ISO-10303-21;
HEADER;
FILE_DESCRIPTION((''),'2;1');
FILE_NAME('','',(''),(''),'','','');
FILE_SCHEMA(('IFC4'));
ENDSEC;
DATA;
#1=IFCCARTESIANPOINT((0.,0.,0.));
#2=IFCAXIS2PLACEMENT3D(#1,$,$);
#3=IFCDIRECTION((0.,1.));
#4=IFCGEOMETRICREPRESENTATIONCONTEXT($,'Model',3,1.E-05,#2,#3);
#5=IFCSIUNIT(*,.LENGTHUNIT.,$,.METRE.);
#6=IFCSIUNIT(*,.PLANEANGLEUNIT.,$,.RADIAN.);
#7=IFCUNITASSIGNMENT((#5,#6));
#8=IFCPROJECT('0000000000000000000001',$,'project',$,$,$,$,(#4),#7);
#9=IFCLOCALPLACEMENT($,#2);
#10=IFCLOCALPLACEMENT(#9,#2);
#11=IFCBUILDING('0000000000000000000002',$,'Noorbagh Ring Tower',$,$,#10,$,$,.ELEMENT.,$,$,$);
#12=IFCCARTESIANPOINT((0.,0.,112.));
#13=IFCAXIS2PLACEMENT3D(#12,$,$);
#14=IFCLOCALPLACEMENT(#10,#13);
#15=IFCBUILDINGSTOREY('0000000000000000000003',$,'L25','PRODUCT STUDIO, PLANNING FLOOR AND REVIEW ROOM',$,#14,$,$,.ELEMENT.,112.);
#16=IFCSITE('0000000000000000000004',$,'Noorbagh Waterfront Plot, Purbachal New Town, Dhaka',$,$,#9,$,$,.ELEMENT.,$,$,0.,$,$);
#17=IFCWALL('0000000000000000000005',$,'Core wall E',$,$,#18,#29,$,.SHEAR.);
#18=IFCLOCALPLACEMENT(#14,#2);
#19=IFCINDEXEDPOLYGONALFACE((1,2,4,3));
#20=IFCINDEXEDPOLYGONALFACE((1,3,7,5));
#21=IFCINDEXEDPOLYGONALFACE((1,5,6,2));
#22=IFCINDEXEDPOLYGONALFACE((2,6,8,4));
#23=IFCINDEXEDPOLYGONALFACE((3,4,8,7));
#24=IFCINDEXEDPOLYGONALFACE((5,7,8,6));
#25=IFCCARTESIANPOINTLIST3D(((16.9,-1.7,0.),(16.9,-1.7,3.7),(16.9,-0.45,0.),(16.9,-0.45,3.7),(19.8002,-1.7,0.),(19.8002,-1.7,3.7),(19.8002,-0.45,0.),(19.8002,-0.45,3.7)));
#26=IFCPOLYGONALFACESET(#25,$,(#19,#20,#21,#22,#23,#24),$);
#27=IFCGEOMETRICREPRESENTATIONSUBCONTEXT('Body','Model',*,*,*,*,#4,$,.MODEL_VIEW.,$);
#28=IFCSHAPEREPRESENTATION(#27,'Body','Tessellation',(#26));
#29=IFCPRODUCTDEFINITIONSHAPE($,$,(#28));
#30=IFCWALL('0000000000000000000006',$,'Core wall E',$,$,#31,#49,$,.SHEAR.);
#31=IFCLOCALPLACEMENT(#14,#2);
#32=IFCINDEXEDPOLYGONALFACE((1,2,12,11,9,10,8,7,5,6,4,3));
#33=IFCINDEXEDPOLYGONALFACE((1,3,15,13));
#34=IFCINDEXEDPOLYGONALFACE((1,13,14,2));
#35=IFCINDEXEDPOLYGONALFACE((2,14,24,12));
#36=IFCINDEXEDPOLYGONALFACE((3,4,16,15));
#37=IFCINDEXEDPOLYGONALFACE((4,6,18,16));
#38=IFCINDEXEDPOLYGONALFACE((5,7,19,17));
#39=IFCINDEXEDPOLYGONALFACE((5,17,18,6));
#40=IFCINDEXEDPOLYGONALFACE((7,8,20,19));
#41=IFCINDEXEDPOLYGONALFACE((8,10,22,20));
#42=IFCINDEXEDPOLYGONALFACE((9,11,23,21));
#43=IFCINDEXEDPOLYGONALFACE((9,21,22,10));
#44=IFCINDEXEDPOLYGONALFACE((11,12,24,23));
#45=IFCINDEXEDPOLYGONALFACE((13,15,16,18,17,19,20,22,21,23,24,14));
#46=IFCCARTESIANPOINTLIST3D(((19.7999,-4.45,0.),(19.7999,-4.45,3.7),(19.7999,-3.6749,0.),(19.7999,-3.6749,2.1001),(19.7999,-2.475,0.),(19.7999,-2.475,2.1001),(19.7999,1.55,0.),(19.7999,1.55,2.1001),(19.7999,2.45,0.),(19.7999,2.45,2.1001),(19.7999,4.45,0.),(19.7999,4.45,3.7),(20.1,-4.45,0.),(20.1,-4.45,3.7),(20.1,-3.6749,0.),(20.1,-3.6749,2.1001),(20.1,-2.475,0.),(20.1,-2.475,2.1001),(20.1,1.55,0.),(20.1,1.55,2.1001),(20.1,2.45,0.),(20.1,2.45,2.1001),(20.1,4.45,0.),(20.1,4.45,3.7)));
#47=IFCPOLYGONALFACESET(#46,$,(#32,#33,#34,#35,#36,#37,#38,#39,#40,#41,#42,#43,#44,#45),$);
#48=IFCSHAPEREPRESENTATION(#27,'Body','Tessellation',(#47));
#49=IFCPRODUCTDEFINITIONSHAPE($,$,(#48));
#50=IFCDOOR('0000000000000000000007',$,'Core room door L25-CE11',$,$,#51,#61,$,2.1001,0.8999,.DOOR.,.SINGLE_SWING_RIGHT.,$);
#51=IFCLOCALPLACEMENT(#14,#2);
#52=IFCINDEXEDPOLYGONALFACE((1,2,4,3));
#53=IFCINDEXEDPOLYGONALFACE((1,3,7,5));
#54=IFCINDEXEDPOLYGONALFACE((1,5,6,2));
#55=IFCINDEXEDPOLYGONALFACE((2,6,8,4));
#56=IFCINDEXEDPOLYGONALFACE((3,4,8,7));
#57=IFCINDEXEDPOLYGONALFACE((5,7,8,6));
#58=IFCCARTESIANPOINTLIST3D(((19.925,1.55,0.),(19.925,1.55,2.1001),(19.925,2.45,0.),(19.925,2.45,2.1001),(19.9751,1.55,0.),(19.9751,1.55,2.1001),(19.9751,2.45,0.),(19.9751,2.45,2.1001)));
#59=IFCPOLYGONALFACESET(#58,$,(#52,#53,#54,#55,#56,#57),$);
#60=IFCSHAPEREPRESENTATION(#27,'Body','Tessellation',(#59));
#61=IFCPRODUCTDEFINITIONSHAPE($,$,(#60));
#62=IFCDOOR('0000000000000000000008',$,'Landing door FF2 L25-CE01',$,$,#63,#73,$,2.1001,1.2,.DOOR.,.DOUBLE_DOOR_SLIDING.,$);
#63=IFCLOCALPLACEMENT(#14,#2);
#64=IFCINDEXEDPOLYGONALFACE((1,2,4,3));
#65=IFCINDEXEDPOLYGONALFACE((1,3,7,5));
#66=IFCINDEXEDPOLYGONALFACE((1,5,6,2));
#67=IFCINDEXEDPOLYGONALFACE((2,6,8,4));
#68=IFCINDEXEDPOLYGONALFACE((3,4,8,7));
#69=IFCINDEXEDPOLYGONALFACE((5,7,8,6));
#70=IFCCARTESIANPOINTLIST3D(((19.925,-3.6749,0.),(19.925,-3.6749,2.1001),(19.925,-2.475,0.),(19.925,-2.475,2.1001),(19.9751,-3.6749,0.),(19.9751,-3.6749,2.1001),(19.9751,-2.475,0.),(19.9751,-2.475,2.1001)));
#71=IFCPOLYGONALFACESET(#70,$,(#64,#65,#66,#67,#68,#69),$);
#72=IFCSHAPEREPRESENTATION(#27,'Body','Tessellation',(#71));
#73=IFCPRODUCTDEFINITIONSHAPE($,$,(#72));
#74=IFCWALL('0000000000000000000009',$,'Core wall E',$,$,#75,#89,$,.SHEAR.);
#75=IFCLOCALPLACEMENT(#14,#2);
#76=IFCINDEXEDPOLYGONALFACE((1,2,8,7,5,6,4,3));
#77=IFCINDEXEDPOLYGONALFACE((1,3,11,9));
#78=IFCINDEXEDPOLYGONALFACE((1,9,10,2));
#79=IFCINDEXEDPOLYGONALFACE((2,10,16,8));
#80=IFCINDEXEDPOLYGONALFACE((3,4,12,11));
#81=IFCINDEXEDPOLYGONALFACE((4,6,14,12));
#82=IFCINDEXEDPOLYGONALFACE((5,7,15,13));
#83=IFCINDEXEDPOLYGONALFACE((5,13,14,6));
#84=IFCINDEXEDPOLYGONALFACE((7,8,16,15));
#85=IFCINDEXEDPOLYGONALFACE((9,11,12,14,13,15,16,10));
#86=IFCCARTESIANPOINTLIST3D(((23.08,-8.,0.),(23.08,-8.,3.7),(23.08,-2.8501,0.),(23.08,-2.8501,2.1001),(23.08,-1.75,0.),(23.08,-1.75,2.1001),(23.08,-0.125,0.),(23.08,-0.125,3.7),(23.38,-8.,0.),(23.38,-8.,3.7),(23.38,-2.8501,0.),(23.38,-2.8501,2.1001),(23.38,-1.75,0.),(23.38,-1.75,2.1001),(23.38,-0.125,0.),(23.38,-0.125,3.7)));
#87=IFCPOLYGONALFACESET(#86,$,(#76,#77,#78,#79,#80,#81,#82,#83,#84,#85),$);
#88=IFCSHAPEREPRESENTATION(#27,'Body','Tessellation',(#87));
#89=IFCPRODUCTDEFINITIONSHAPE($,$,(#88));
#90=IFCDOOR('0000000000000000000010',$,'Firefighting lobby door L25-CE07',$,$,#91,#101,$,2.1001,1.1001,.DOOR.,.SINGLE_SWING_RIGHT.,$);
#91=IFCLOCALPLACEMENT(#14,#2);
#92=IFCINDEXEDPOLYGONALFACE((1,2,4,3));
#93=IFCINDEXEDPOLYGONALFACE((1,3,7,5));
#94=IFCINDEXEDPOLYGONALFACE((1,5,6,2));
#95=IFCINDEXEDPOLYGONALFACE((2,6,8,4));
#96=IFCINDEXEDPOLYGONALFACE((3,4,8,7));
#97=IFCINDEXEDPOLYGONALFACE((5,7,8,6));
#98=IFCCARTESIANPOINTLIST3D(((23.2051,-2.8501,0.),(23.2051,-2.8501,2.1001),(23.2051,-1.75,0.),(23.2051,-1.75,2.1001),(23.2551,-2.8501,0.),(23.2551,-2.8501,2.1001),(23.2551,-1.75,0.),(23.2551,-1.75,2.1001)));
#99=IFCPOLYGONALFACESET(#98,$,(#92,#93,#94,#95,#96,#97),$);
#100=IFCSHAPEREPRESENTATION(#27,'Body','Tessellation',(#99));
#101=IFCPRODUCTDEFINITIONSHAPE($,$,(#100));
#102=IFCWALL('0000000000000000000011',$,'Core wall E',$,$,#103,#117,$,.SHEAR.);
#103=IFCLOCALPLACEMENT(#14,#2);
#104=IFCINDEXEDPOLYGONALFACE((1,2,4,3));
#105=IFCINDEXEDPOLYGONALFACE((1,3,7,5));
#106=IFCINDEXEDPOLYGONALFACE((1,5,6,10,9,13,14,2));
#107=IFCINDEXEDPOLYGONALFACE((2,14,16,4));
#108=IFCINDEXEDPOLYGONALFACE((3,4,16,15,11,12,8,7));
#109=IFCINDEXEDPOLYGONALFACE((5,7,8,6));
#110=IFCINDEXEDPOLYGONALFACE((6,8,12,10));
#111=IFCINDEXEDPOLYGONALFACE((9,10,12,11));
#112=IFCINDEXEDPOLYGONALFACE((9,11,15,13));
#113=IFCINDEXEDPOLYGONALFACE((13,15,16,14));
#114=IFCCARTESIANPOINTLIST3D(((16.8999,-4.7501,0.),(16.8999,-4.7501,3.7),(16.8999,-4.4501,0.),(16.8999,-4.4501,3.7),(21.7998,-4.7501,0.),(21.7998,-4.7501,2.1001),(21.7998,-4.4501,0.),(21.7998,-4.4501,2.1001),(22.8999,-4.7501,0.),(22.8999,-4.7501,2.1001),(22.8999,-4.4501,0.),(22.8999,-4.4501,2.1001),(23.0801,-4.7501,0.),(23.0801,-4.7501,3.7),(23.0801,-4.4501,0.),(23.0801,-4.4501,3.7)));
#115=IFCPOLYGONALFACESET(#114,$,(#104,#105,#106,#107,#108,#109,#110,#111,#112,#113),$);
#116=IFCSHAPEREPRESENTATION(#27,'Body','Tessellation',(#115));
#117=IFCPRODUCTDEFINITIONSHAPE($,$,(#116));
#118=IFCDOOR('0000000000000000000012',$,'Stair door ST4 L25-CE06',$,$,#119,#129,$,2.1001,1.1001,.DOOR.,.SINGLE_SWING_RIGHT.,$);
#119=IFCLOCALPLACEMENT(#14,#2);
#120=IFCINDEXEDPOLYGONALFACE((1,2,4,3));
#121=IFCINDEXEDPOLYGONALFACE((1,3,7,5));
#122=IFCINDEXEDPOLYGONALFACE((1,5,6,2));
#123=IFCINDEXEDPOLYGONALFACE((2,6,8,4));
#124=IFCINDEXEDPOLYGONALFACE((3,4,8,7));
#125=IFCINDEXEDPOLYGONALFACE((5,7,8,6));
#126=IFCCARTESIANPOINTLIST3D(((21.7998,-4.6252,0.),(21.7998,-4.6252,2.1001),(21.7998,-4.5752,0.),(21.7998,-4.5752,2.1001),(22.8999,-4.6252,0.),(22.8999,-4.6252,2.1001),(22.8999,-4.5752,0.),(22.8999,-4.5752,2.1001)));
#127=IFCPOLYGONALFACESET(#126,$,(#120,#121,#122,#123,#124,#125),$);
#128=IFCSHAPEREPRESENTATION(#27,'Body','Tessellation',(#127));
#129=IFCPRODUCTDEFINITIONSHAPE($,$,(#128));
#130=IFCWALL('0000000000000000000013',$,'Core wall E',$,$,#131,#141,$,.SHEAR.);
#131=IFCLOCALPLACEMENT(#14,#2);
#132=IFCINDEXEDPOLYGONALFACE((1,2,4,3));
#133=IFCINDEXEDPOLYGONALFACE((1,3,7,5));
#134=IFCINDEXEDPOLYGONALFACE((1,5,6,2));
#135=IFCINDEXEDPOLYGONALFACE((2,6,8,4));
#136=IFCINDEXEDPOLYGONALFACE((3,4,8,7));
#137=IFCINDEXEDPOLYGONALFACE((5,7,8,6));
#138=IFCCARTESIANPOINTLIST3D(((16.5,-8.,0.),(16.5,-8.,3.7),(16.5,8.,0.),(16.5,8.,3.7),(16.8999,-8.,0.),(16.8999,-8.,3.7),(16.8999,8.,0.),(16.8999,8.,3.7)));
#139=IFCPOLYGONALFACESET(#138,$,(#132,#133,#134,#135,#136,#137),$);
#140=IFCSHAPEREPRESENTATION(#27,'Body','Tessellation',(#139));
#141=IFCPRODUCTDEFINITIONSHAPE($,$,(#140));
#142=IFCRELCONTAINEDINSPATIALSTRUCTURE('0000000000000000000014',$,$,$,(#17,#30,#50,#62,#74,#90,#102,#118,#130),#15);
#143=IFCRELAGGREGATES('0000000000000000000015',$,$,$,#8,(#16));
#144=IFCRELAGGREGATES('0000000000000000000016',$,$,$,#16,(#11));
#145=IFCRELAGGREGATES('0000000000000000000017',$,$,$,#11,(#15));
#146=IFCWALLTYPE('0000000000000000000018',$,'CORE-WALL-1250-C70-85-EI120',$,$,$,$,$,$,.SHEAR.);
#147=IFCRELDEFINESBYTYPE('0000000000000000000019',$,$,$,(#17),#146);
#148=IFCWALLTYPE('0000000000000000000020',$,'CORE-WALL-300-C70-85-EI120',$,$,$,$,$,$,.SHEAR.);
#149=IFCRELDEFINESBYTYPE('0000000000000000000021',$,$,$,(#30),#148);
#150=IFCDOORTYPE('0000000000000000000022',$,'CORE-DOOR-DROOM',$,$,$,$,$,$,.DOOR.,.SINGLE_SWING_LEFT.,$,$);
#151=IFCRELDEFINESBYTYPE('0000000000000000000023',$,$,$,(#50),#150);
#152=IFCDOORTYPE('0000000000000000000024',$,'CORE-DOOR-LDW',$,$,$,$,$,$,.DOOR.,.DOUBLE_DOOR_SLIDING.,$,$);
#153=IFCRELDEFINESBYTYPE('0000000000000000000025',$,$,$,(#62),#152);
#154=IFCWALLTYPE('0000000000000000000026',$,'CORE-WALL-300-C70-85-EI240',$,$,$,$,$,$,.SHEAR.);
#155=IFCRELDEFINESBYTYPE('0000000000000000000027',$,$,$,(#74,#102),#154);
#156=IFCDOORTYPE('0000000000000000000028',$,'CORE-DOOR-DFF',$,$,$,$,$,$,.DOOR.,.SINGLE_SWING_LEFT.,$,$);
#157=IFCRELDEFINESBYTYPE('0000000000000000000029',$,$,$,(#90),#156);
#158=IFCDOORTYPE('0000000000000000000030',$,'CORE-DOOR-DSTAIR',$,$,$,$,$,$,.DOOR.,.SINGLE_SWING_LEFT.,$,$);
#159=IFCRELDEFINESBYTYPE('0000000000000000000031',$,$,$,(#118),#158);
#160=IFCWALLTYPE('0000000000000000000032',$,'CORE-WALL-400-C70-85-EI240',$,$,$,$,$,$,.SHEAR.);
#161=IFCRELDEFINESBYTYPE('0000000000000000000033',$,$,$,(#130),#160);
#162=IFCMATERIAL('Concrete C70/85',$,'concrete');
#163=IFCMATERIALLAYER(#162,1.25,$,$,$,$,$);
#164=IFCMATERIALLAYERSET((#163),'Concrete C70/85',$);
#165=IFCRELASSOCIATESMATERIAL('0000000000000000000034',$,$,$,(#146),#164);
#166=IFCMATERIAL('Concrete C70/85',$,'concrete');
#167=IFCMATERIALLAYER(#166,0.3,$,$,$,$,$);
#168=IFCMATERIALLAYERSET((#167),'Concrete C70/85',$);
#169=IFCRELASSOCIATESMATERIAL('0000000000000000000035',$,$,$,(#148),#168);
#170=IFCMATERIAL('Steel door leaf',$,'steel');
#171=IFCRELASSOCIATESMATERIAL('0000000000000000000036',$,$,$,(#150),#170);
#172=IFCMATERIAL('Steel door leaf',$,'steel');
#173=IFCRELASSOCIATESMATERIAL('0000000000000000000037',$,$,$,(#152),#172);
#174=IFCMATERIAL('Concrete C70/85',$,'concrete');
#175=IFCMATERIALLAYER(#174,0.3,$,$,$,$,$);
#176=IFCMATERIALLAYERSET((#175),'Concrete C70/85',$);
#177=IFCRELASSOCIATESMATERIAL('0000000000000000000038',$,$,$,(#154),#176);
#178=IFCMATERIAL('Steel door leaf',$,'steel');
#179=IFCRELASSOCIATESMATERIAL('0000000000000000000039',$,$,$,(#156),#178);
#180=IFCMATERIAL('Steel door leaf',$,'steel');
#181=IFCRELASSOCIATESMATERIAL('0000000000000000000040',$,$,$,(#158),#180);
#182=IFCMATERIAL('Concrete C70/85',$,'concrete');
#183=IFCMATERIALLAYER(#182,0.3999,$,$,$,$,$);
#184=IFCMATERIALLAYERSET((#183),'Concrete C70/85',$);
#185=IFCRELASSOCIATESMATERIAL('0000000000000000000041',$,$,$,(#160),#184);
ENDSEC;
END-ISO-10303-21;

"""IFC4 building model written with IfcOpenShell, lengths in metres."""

from ifc_helpers import new_model, si_unit, direction, frame, frame_2d, origin, place, context, subcontext, project, spatial, rectangle, extrude, material, layer, layer_set, type_object, element, fill, save


model = new_model("IFC4")

# Units and contexts
model_context = context("Model", 3, precision=1e-05, world=origin(), true_north=direction((0.0, 1.0)))
body_context = subcontext(model_context, "Body", "Model", "MODEL_VIEW")
ifc_project = project(units=[si_unit("LENGTHUNIT", "METRE"), si_unit("PLANEANGLEUNIT", "RADIAN")], contexts=[model_context])

# Site, building, storey
site_placement = place(None, origin())
site = spatial("IfcSite", under=ifc_project, at=site_placement, Name="Noorbagh Waterfront Plot, Purbachal New Town, Dhaka", CompositionType="ELEMENT", RefElevation=0.0)
building_placement = place(site_placement, origin())
building = spatial("IfcBuilding", under=site, at=building_placement, Name="Noorbagh Ring Tower", CompositionType="ELEMENT")
storey_placement = place(building_placement, frame((0.0, 0.0, 112.0)))
storey = spatial("IfcBuildingStorey", under=building, at=storey_placement, Name="L25", Description="PRODUCT STUDIO, PLANNING FLOOR AND REVIEW ROOM", CompositionType="ELEMENT", Elevation=112.0)

# Wall
ifc_material_1 = material(Name="Concrete C70/85", Category="concrete")
ifc_layer_1 = layer(ifc_material_1, 1.25)
ifc_layer_set_1 = layer_set([ifc_layer_1], Name="Concrete C70/85")
wall_type_1 = type_object("IfcWallType", Name="CORE-WALL-1250-C70-85-EI120", PredefinedType="SHEAR", material=ifc_layer_set_1)
wall_1_placement = place(storey_placement, frame((16.8999, -1.075, 0.0), z_axis=(0.0, 0.0, 1.0), x_axis=(1.0, 0.0, 0.0)))
element("IfcWall", 1, at=wall_1_placement, inside=storey, type_object=wall_type_1, Name="Core wall E", PredefinedType="SHEAR", context=body_context, shape_type="SweptSolid", body=[
    extrude(rectangle(XDim=2.9001, YDim=1.25, at=frame_2d((1.4502, 0.0))), origin(), (0.0, 0.0, 1.0), 3.7),
])

# Wall, openings, doors
ifc_material_2 = material(Name="Concrete C70/85", Category="concrete")
ifc_layer_2 = layer(ifc_material_2, 0.3)
ifc_layer_set_2 = layer_set([ifc_layer_2], Name="Concrete C70/85")
wall_type_2 = type_object("IfcWallType", Name="CORE-WALL-300-C70-85-EI120", PredefinedType="SHEAR", material=ifc_layer_set_2)
wall_2_placement = place(storey_placement, frame((19.95, -4.45, 0.0), z_axis=(0.0, 0.0, 1.0), x_axis=(0.0, 1.0, 0.0)))
wall_2 = element("IfcWall", 2, at=wall_2_placement, inside=storey, type_object=wall_type_2, Name="Core wall E", PredefinedType="SHEAR", context=body_context, shape_type="SweptSolid", body=[
    extrude(rectangle(XDim=8.8999, YDim=0.3, at=frame_2d((4.45, 0.0))), origin(), (0.0, 0.0, 1.0), 3.7),
])
opening_1_placement = place(wall_2_placement, frame((0.7749, 0.0, 0.0)))
opening_1 = element("IfcOpeningElement", 3, at=opening_1_placement, cuts=wall_2, PredefinedType="OPENING", context=body_context, shape_type="SweptSolid", body=[
    extrude(rectangle(XDim=1.2, YDim=2.1001, at=frame_2d((0.6001, 1.05))), frame((0.0, 0.1602, 0.0), z_axis=(0.0, -1.0, 0.0), x_axis=(1.0, 0.0, 0.0)), (0.0, 0.0, 1.0), 0.3201),
])
opening_2_placement = place(wall_2_placement, frame((6.0, 0.0, 0.0)))
opening_2 = element("IfcOpeningElement", 4, at=opening_2_placement, cuts=wall_2, PredefinedType="OPENING", context=body_context, shape_type="SweptSolid", body=[
    extrude(rectangle(XDim=0.8999, YDim=2.1001, at=frame_2d((0.45, 1.05))), frame((0.0, 0.1602, 0.0), z_axis=(0.0, -1.0, 0.0), x_axis=(1.0, 0.0, 0.0)), (0.0, 0.0, 1.0), 0.3201),
])
ifc_material_3 = material(Name="Steel door leaf", Category="steel")
door_type_1 = type_object("IfcDoorType", Name="CORE-DOOR-DROOM", OperationType="SINGLE_SWING_LEFT", PredefinedType="DOOR", material=ifc_material_3)
door_1_placement = place(opening_2_placement, origin())
door_1 = element("IfcDoor", 5, at=door_1_placement, inside=storey, type_object=door_type_1, Name="Core room door L25-CE11", OperationType="SINGLE_SWING_RIGHT", OverallHeight=2.1001, OverallWidth=0.8999, PredefinedType="DOOR", context=body_context, shape_type="SweptSolid", body=[
    extrude(rectangle(XDim=0.8999, YDim=2.1001, at=frame_2d((0.45, 1.05))), frame((0.0, 0.0249, 0.0), z_axis=(0.0, -1.0, 0.0), x_axis=(1.0, 0.0, 0.0)), (0.0, 0.0, 1.0), 0.05),
])
fill(opening_2, door_1)
ifc_material_4 = material(Name="Steel door leaf", Category="steel")
door_type_2 = type_object("IfcDoorType", Name="CORE-DOOR-LDW", OperationType="DOUBLE_DOOR_SLIDING", PredefinedType="DOOR", material=ifc_material_4)
door_2_placement = place(opening_1_placement, origin())
door_2 = element("IfcDoor", 6, at=door_2_placement, inside=storey, type_object=door_type_2, Name="Landing door FF2 L25-CE01", OperationType="DOUBLE_DOOR_SLIDING", OverallHeight=2.1001, OverallWidth=1.2, PredefinedType="DOOR", context=body_context, shape_type="SweptSolid", body=[
    extrude(rectangle(XDim=1.2, YDim=2.1001, at=frame_2d((0.6001, 1.05))), frame((0.0, 0.0249, 0.0), z_axis=(0.0, -1.0, 0.0), x_axis=(1.0, 0.0, 0.0)), (0.0, 0.0, 1.0), 0.05),
])
fill(opening_1, door_2)

# Walls, openings, doors
ifc_material_5 = material(Name="Concrete C70/85", Category="concrete")
ifc_layer_3 = layer(ifc_material_5, 0.3)
ifc_layer_set_3 = layer_set([ifc_layer_3], Name="Concrete C70/85")
wall_type_3 = type_object("IfcWallType", Name="CORE-WALL-300-C70-85-EI240", PredefinedType="SHEAR", material=ifc_layer_set_3)
wall_3_placement = place(storey_placement, frame((23.23, -8.0, 0.0), z_axis=(0.0, 0.0, 1.0), x_axis=(0.0, 1.0, 0.0)))
wall_3 = element("IfcWall", 7, at=wall_3_placement, inside=storey, type_object=wall_type_3, Name="Core wall E", PredefinedType="SHEAR", context=body_context, shape_type="SweptSolid", body=[
    extrude(rectangle(XDim=7.875, YDim=0.3, at=frame_2d((3.9375, 0.0))), origin(), (0.0, 0.0, 1.0), 3.7),
])
opening_3_placement = place(wall_3_placement, frame((5.1499, 0.0, 0.0)))
opening_3 = element("IfcOpeningElement", 8, at=opening_3_placement, cuts=wall_3, PredefinedType="OPENING", context=body_context, shape_type="SweptSolid", body=[
    extrude(rectangle(XDim=1.1001, YDim=2.1001, at=frame_2d((0.55, 1.05))), frame((0.0, 0.1602, 0.0), z_axis=(0.0, -1.0, 0.0), x_axis=(1.0, 0.0, 0.0)), (0.0, 0.0, 1.0), 0.3201),
])
ifc_material_6 = material(Name="Steel door leaf", Category="steel")
door_type_3 = type_object("IfcDoorType", Name="CORE-DOOR-DFF", OperationType="SINGLE_SWING_LEFT", PredefinedType="DOOR", material=ifc_material_6)
door_3_placement = place(opening_3_placement, origin())
door_3 = element("IfcDoor", 9, at=door_3_placement, inside=storey, type_object=door_type_3, Name="Firefighting lobby door L25-CE07", OperationType="SINGLE_SWING_RIGHT", OverallHeight=2.1001, OverallWidth=1.1001, PredefinedType="DOOR", context=body_context, shape_type="SweptSolid", body=[
    extrude(rectangle(XDim=1.1001, YDim=2.1001, at=frame_2d((0.55, 1.05))), frame((0.0, 0.0249, 0.0), z_axis=(0.0, -1.0, 0.0), x_axis=(1.0, 0.0, 0.0)), (0.0, 0.0, 1.0), 0.05),
])
fill(opening_3, door_3)
wall_4_placement = place(storey_placement, frame((16.8999, -4.6001, 0.0), z_axis=(0.0, 0.0, 1.0), x_axis=(1.0, 0.0, 0.0)))
wall_4 = element("IfcWall", 10, at=wall_4_placement, inside=storey, type_object=wall_type_3, Name="Core wall E", PredefinedType="SHEAR", context=body_context, shape_type="SweptSolid", body=[
    extrude(rectangle(XDim=6.1802, YDim=0.3, at=frame_2d((3.0901, 0.0))), origin(), (0.0, 0.0, 1.0), 3.7),
])
opening_4_placement = place(wall_4_placement, frame((4.8999, 0.0, 0.0)))
opening_4 = element("IfcOpeningElement", 11, at=opening_4_placement, cuts=wall_4, PredefinedType="OPENING", context=body_context, shape_type="SweptSolid", body=[
    extrude(rectangle(XDim=1.1001, YDim=2.1001, at=frame_2d((0.55, 1.05))), frame((0.0, 0.1602, 0.0), z_axis=(0.0, -1.0, 0.0), x_axis=(1.0, 0.0, 0.0)), (0.0, 0.0, 1.0), 0.3201),
])
ifc_material_7 = material(Name="Steel door leaf", Category="steel")
door_type_4 = type_object("IfcDoorType", Name="CORE-DOOR-DSTAIR", OperationType="SINGLE_SWING_LEFT", PredefinedType="DOOR", material=ifc_material_7)
door_4_placement = place(opening_4_placement, origin())
door_4 = element("IfcDoor", 12, at=door_4_placement, inside=storey, type_object=door_type_4, Name="Stair door ST4 L25-CE06", OperationType="SINGLE_SWING_RIGHT", OverallHeight=2.1001, OverallWidth=1.1001, PredefinedType="DOOR", context=body_context, shape_type="SweptSolid", body=[
    extrude(rectangle(XDim=1.1001, YDim=2.1001, at=frame_2d((0.55, 1.05))), frame((0.0, 0.0249, 0.0), z_axis=(0.0, -1.0, 0.0), x_axis=(1.0, 0.0, 0.0)), (0.0, 0.0, 1.0), 0.05),
])
fill(opening_4, door_4)

# Wall
ifc_material_8 = material(Name="Concrete C70/85", Category="concrete")
ifc_layer_4 = layer(ifc_material_8, 0.3999)
ifc_layer_set_4 = layer_set([ifc_layer_4], Name="Concrete C70/85")
wall_type_4 = type_object("IfcWallType", Name="CORE-WALL-400-C70-85-EI240", PredefinedType="SHEAR", material=ifc_layer_set_4)
wall_5_placement = place(storey_placement, frame((16.7, -8.0, 0.0), z_axis=(0.0, 0.0, 1.0), x_axis=(0.0, 1.0, 0.0)))
element("IfcWall", 13, at=wall_5_placement, inside=storey, type_object=wall_type_4, Name="Core wall E", PredefinedType="SHEAR", context=body_context, shape_type="SweptSolid", body=[
    extrude(rectangle(XDim=16.0, YDim=0.3999, at=frame_2d((8.0, 0.0))), origin(), (0.0, 0.0, 1.0), 3.7),
])

save(model, "model.ifc")
